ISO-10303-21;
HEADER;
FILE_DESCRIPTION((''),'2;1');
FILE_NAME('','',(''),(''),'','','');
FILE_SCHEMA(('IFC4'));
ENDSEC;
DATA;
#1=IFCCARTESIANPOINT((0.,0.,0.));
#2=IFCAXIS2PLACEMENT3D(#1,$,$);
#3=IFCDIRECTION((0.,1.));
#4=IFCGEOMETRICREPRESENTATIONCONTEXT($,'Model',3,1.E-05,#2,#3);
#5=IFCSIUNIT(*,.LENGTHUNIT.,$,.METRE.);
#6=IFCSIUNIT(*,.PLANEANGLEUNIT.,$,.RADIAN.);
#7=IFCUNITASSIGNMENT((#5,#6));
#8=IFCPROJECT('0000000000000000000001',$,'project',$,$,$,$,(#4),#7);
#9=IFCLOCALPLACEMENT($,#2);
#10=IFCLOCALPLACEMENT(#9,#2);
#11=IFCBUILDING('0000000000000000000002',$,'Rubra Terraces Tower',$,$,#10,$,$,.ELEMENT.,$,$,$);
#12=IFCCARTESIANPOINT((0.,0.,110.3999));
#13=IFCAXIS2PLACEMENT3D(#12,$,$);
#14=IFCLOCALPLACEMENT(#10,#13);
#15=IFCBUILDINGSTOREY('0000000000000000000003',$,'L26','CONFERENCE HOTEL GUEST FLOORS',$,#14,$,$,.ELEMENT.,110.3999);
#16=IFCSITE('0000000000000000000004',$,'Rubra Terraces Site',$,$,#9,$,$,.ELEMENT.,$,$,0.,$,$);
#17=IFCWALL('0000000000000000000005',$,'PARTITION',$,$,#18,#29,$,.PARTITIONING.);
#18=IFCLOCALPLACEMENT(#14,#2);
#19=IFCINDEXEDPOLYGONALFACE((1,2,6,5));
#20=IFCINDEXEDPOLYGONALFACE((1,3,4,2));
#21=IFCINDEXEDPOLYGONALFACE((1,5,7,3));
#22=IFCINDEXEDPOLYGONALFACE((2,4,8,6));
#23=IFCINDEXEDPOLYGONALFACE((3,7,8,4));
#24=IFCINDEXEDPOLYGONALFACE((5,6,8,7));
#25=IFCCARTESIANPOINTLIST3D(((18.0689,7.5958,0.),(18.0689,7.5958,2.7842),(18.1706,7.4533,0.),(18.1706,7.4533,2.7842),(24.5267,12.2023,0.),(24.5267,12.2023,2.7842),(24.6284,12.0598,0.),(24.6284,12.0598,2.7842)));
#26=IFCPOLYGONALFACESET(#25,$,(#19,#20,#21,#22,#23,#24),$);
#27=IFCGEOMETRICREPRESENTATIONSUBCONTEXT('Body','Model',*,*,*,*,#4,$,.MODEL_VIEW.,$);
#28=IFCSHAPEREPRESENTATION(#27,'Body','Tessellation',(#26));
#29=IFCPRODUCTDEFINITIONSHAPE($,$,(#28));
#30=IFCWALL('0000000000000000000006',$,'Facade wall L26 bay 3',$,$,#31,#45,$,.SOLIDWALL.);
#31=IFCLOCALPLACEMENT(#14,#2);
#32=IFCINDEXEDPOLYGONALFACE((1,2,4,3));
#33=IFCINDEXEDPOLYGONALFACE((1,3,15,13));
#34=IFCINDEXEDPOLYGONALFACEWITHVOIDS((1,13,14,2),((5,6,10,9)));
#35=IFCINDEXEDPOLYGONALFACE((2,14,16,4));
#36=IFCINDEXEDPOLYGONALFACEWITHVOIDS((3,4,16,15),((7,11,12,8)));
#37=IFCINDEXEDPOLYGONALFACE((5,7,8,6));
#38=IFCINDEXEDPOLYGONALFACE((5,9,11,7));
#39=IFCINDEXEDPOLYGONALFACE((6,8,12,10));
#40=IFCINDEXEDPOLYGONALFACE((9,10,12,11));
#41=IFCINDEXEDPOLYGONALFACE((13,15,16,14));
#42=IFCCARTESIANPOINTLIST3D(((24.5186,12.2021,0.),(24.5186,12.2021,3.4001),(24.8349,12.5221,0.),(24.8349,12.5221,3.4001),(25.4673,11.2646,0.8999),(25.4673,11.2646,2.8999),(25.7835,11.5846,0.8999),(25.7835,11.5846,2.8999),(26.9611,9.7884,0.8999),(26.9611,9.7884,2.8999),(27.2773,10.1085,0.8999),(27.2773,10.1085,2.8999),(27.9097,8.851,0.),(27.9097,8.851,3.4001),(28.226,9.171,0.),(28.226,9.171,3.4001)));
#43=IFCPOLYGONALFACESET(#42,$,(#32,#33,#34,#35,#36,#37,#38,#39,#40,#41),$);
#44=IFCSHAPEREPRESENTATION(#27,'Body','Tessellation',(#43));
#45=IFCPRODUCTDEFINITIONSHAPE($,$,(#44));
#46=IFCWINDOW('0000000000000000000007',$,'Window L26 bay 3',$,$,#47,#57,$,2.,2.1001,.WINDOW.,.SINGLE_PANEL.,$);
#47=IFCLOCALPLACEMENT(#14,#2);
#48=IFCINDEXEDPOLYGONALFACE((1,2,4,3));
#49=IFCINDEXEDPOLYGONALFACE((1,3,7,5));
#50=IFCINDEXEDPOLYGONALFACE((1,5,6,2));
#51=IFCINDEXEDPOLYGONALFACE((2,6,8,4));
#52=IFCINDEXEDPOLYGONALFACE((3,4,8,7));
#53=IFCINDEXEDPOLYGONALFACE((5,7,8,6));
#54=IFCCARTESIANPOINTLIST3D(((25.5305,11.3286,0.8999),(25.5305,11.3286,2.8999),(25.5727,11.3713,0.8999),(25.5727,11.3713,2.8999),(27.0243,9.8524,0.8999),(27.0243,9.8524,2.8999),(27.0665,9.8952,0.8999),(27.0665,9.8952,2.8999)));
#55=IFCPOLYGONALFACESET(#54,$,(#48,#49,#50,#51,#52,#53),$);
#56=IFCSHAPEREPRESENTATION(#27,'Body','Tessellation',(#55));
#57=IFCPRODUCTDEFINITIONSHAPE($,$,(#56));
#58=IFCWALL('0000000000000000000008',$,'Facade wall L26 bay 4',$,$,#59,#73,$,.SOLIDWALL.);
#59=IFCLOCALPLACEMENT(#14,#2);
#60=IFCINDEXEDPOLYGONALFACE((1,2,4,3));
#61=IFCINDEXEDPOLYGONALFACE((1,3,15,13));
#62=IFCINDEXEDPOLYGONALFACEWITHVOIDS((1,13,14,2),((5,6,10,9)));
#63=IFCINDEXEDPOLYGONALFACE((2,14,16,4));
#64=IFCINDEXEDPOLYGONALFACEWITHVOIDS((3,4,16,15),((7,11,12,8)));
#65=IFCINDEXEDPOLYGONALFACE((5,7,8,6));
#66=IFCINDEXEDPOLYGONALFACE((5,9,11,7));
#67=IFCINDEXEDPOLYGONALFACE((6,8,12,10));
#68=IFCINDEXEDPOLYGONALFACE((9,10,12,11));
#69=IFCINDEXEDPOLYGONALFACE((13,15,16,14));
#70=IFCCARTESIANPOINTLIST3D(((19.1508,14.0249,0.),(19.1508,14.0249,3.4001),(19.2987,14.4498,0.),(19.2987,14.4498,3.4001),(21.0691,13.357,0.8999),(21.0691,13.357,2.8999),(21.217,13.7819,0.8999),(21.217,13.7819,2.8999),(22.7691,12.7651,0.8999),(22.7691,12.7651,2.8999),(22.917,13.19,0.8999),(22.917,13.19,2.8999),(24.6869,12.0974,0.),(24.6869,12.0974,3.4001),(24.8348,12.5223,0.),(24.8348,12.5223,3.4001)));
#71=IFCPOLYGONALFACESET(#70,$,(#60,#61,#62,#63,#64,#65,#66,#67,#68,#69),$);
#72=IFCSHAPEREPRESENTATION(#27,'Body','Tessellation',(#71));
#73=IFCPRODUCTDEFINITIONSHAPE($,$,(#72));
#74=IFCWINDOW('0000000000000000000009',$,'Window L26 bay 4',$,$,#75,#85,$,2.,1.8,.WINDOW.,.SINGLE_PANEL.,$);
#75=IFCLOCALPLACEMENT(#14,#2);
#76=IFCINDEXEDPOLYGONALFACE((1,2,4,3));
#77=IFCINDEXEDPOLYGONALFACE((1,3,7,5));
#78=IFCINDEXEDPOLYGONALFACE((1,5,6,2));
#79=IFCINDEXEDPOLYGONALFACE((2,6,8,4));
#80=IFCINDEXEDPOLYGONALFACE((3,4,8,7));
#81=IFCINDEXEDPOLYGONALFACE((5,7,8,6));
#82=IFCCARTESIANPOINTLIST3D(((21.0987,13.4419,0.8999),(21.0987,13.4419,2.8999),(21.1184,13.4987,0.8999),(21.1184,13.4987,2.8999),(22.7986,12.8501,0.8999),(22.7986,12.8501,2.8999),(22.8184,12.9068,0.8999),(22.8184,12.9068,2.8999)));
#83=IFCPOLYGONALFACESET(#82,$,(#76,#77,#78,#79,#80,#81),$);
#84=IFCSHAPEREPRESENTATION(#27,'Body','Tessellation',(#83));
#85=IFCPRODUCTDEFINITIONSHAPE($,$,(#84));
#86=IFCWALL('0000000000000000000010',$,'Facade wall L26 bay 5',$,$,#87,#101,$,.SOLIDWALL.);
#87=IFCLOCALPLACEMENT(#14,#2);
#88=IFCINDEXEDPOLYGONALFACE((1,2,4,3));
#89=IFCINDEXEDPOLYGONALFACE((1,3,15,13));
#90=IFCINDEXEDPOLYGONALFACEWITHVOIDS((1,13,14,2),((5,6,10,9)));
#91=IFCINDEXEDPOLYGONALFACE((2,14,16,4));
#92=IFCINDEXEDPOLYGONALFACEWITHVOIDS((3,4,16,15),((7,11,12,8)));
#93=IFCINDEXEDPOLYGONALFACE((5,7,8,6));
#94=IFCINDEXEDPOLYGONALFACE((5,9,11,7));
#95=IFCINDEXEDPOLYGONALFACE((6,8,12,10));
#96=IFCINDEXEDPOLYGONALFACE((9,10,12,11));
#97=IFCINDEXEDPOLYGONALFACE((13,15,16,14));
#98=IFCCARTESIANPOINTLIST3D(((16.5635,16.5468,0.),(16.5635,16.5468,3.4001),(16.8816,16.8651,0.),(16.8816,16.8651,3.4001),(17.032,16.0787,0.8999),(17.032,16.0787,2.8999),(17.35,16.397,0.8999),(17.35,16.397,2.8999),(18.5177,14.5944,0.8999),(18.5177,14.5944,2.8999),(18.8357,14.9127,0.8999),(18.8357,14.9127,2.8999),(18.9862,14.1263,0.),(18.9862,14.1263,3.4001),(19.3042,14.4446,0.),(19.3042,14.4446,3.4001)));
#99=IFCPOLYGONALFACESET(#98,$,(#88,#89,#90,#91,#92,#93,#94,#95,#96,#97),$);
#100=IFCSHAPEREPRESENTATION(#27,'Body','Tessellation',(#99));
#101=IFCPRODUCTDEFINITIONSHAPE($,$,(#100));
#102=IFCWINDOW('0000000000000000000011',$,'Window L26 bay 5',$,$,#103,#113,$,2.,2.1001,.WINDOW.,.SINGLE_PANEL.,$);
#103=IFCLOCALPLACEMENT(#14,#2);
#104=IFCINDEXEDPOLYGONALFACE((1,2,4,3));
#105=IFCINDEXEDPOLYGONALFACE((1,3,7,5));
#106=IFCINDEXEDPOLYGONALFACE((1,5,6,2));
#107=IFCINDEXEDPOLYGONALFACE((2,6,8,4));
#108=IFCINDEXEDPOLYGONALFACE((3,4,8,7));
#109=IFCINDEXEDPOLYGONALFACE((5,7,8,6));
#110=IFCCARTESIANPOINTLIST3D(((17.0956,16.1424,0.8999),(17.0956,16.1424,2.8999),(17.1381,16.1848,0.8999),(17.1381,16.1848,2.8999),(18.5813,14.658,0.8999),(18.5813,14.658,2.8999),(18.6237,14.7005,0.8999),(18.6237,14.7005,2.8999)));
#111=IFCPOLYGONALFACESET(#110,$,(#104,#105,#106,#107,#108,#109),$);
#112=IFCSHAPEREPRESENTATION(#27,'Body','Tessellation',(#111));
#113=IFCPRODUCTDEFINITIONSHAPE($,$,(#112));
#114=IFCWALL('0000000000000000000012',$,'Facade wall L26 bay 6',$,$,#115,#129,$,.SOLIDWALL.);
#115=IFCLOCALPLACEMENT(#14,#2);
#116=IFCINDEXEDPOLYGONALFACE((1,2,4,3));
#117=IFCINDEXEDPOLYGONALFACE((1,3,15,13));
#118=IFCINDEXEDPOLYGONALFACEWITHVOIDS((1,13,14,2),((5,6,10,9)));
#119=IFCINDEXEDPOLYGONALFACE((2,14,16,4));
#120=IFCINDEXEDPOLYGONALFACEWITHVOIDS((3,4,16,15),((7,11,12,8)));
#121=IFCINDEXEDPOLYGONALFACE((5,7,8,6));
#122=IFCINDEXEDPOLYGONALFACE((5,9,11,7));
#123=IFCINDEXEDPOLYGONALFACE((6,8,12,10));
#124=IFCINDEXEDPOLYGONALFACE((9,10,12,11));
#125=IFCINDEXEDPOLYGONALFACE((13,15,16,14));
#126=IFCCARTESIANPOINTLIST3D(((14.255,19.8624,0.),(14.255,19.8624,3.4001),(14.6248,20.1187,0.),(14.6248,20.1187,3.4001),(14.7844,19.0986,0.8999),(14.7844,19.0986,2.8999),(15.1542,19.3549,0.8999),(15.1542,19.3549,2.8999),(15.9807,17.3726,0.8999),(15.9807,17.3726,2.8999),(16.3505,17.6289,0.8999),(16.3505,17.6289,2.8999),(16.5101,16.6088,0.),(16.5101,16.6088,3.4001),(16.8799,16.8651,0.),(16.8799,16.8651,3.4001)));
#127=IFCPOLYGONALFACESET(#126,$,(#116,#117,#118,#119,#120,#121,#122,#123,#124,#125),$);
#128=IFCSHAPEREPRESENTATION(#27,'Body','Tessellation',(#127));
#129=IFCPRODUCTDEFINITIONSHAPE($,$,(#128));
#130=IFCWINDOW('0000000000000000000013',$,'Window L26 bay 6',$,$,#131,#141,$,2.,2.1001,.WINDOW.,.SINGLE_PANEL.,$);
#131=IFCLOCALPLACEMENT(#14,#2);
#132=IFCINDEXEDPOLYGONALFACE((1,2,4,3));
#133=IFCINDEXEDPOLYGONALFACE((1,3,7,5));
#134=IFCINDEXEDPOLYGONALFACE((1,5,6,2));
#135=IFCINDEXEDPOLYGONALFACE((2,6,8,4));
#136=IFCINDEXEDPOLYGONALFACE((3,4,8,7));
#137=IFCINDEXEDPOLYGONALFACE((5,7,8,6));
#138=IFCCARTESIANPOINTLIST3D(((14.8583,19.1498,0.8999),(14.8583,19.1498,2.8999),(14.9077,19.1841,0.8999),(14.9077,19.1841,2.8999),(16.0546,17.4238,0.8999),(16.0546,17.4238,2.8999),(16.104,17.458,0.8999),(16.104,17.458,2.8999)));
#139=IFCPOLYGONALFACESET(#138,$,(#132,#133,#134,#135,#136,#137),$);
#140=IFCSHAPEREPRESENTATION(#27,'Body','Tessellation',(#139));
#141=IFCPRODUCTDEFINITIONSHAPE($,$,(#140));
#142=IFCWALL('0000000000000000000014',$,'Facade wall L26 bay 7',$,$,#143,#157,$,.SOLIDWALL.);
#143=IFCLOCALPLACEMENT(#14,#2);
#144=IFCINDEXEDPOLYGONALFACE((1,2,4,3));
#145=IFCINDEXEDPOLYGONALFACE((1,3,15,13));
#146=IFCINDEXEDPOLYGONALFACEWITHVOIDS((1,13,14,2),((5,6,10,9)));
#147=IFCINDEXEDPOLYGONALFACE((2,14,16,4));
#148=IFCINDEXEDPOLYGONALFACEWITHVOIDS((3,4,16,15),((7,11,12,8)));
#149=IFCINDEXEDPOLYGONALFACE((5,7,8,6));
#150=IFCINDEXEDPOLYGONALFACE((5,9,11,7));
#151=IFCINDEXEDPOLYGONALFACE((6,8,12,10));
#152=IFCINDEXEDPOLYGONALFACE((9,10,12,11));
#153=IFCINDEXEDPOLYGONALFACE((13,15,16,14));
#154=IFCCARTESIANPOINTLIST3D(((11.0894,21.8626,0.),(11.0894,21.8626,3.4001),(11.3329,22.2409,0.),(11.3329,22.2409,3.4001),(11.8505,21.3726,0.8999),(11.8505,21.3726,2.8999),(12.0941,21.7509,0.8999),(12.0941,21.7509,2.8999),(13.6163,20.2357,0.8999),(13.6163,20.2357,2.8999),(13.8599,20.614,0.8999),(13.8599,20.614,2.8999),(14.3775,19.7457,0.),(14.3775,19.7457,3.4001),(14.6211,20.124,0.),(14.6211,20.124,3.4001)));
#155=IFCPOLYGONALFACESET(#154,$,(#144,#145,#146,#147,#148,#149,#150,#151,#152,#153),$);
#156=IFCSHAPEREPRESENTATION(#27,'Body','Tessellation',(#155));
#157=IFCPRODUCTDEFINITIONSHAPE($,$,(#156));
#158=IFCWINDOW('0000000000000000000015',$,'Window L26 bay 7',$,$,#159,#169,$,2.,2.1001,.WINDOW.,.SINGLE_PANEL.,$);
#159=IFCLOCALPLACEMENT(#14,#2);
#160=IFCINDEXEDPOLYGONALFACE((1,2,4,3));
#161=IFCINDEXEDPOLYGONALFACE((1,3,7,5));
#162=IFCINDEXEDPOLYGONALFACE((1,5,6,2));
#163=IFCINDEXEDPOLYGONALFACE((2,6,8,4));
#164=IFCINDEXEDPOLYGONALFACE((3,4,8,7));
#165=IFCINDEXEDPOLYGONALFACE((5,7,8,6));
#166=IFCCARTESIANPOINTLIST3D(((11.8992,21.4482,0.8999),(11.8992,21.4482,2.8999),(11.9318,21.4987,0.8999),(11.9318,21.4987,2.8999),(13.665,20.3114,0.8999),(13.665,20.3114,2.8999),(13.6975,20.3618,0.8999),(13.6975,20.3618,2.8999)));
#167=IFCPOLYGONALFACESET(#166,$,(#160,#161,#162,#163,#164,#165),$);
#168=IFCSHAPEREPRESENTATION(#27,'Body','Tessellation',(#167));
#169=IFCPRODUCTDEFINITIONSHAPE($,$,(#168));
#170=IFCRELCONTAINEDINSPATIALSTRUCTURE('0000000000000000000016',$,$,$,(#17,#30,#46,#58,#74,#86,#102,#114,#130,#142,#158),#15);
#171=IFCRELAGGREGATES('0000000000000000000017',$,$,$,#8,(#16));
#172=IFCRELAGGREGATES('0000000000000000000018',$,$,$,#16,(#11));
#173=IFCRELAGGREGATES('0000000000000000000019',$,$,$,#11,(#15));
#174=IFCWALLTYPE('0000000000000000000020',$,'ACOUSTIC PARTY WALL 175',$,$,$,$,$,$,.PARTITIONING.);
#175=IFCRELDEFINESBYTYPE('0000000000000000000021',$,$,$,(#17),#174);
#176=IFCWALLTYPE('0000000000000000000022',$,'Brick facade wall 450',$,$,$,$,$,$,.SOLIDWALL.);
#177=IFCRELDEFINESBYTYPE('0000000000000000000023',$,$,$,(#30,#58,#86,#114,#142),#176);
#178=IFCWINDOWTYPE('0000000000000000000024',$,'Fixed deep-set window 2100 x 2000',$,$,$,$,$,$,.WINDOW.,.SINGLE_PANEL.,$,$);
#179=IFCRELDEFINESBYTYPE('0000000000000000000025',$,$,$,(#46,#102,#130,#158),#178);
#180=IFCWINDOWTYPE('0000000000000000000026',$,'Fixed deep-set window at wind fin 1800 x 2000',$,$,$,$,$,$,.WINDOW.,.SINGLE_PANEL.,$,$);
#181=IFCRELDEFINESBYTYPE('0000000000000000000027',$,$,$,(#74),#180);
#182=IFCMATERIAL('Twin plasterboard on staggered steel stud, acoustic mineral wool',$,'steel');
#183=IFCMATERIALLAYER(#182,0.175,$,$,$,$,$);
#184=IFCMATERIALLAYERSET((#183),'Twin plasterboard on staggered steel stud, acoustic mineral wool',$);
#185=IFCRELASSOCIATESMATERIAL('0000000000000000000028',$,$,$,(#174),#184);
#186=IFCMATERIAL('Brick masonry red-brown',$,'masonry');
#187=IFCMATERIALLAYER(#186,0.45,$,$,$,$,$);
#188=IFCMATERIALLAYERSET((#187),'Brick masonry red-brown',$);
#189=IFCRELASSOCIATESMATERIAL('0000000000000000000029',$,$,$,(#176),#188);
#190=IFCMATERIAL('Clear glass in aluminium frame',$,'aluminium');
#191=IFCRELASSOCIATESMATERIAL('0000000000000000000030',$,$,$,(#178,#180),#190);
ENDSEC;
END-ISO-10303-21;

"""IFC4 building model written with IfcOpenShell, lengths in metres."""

from ifc_helpers import new_model, si_unit, direction, frame, frame_2d, origin, place, context, subcontext, project, spatial, rectangle, extrude, material, layer, layer_set, type_object, element, fill, save


model = new_model("IFC4")

# Units and contexts
model_context = context("Model", 3, precision=1e-05, world=origin(), true_north=direction((0.0, 1.0)))
body_context = subcontext(model_context, "Body", "Model", "MODEL_VIEW")
ifc_project = project(units=[si_unit("LENGTHUNIT", "METRE"), si_unit("PLANEANGLEUNIT", "RADIAN")], contexts=[model_context])

# Site, building, storey
site_placement = place(None, origin())
site = spatial("IfcSite", under=ifc_project, at=site_placement, Name="Rubra Terraces Site", CompositionType="ELEMENT", RefElevation=0.0)
building_placement = place(site_placement, origin())
building = spatial("IfcBuilding", under=site, at=building_placement, Name="Rubra Terraces Tower", CompositionType="ELEMENT")
storey_placement = place(building_placement, frame((0.0, 0.0, 110.3999)))
storey = spatial("IfcBuildingStorey", under=building, at=storey_placement, Name="L26", Description="CONFERENCE HOTEL GUEST FLOORS", CompositionType="ELEMENT", Elevation=110.3999)

# Wall
ifc_material_1 = material(Name="Twin plasterboard on staggered steel stud, acoustic mineral wool", Category="steel")
ifc_layer_1 = layer(ifc_material_1, 0.175)
ifc_layer_set_1 = layer_set([ifc_layer_1], Name="Twin plasterboard on staggered steel stud, acoustic mineral wool")
wall_type_1 = type_object("IfcWallType", Name="ACOUSTIC PARTY WALL 175", PredefinedType="PARTITIONING", material=ifc_layer_set_1)
wall_1_placement = place(storey_placement, frame((24.5776, 12.1311, 0.0), z_axis=(0.0, 0.0, 1.0), x_axis=(-0.814106, -0.580717, 0.0)))
element("IfcWall", 1, at=wall_1_placement, inside=storey, type_object=wall_type_1, Name="PARTITION", PredefinedType="PARTITIONING", context=body_context, shape_type="SweptSolid", body=[
    extrude(rectangle(XDim=7.9324, YDim=0.175, at=frame_2d((3.9663, 0.0))), origin(), (0.0, 0.0, 1.0), 2.7842),
])

# Walls, openings, windows
ifc_material_2 = material(Name="Brick masonry red-brown", Category="masonry")
ifc_layer_2 = layer(ifc_material_2, 0.45)
ifc_layer_set_2 = layer_set([ifc_layer_2], Name="Brick masonry red-brown")
wall_type_2 = type_object("IfcWallType", Name="Brick facade wall 450", PredefinedType="SOLIDWALL", material=ifc_layer_set_2)
wall_2_placement = place(storey_placement, frame((28.0679, 9.011, 0.0), z_axis=(0.0, 0.0, 1.0), x_axis=(-0.711293, 0.702895, 0.0)))
wall_2 = element("IfcWall", 2, at=wall_2_placement, inside=storey, type_object=wall_type_2, Name="Facade wall L26 bay 3", PredefinedType="SOLIDWALL", context=body_context, shape_type="SweptSolid", body=[
    extrude(rectangle(XDim=4.7676, YDim=0.45, at=frame_2d((2.3838, 0.0))), origin(), (0.0, 0.0, 1.0), 3.4001),
])
opening_1_placement = place(wall_2_placement, frame((1.3337, 0.0, 0.8999)))
opening_1 = element("IfcOpeningElement", 3, at=opening_1_placement, cuts=wall_2, PredefinedType="OPENING", context=body_context, shape_type="SweptSolid", body=[
    extrude(rectangle(XDim=2.1001, YDim=2.0, at=frame_2d((1.05, 1.0))), frame((0.0, 0.2349, 0.0), z_axis=(0.0, -1.0, 0.0), x_axis=(1.0, 0.0, 0.0)), (0.0, 0.0, 1.0), 0.47),
])
ifc_material_3 = material(Name="Clear glass in aluminium frame", Category="aluminium")
window_type_1 = type_object("IfcWindowType", Name="Fixed deep-set window 2100 x 2000", PartitioningType="SINGLE_PANEL", PredefinedType="WINDOW", material=ifc_material_3)
window_1_placement = place(opening_1_placement, origin())
window_1 = element("IfcWindow", 4, at=window_1_placement, inside=storey, type_object=window_type_1, Name="Window L26 bay 3", OverallHeight=2.0, OverallWidth=2.1001, PartitioningType="SINGLE_PANEL", PredefinedType="WINDOW", context=body_context, shape_type="SweptSolid", body=[
    extrude(rectangle(XDim=2.1001, YDim=2.0, at=frame_2d((1.05, 1.0))), frame((0.0, 0.135, 0.0), z_axis=(0.0, -1.0, 0.0), x_axis=(1.0, 0.0, 0.0)), (0.0, 0.0, 1.0), 0.0601),
])
fill(opening_1, window_1)
wall_3_placement = place(storey_placement, frame((24.761, 12.3098, 0.0), z_axis=(0.0, 0.0, 1.0), x_axis=(-0.944397, 0.328807, 0.0)))
wall_3 = element("IfcWall", 5, at=wall_3_placement, inside=storey, type_object=wall_type_2, Name="Facade wall L26 bay 4", PredefinedType="SOLIDWALL", context=body_context, shape_type="SweptSolid", body=[
    extrude(rectangle(XDim=5.8621, YDim=0.45, at=frame_2d((2.9312, 0.0))), origin(), (0.0, 0.0, 1.0), 3.4001),
])
opening_2_placement = place(wall_3_placement, frame((2.031, 0.0, 0.8999)))
opening_2 = element("IfcOpeningElement", 6, at=opening_2_placement, cuts=wall_3, PredefinedType="OPENING", context=body_context, shape_type="SweptSolid", body=[
    extrude(rectangle(XDim=1.8, YDim=2.0, at=frame_2d((0.8999, 1.0))), frame((0.0, 0.2349, 0.0), z_axis=(0.0, -1.0, 0.0), x_axis=(1.0, 0.0, 0.0)), (0.0, 0.0, 1.0), 0.47),
])
window_type_2 = type_object("IfcWindowType", Name="Fixed deep-set window at wind fin 1800 x 2000", PartitioningType="SINGLE_PANEL", PredefinedType="WINDOW", material=ifc_material_3)
window_2_placement = place(opening_2_placement, origin())
window_2 = element("IfcWindow", 7, at=window_2_placement, inside=storey, type_object=window_type_2, Name="Window L26 bay 4", OverallHeight=2.0, OverallWidth=1.8, PartitioningType="SINGLE_PANEL", PredefinedType="WINDOW", context=body_context, shape_type="SweptSolid", body=[
    extrude(rectangle(XDim=1.8, YDim=2.0, at=frame_2d((0.8999, 1.0))), frame((0.0, 0.135, 0.0), z_axis=(0.0, -1.0, 0.0), x_axis=(1.0, 0.0, 0.0)), (0.0, 0.0, 1.0), 0.0601),
])
fill(opening_2, window_2)
wall_4_placement = place(storey_placement, frame((19.1453, 14.2854, 0.0), z_axis=(0.0, 0.0, 1.0), x_axis=(-0.707428, 0.706786, 0.0)))
wall_4 = element("IfcWall", 8, at=wall_4_placement, inside=storey, type_object=wall_type_2, Name="Facade wall L26 bay 5", PredefinedType="SOLIDWALL", context=body_context, shape_type="SweptSolid", body=[
    extrude(rectangle(XDim=3.4246, YDim=0.45, at=frame_2d((1.7124, 0.0))), origin(), (0.0, 0.0, 1.0), 3.4001),
])
opening_3_placement = place(wall_4_placement, frame((0.6624, 0.0, 0.8999)))
opening_3 = element("IfcOpeningElement", 9, at=opening_3_placement, cuts=wall_4, PredefinedType="OPENING", context=body_context, shape_type="SweptSolid", body=[
    extrude(rectangle(XDim=2.1001, YDim=2.0, at=frame_2d((1.05, 1.0))), frame((0.0, 0.2349, 0.0), z_axis=(0.0, -1.0, 0.0), x_axis=(1.0, 0.0, 0.0)), (0.0, 0.0, 1.0), 0.47),
])
window_3_placement = place(opening_3_placement, origin())
window_3 = element("IfcWindow", 10, at=window_3_placement, inside=storey, type_object=window_type_1, Name="Window L26 bay 5", OverallHeight=2.0, OverallWidth=2.1001, PartitioningType="SINGLE_PANEL", PredefinedType="WINDOW", context=body_context, shape_type="SweptSolid", body=[
    extrude(rectangle(XDim=2.1001, YDim=2.0, at=frame_2d((1.05, 1.0))), frame((0.0, 0.135, 0.0), z_axis=(0.0, -1.0, 0.0), x_axis=(1.0, 0.0, 0.0)), (0.0, 0.0, 1.0), 0.0601),
])
fill(opening_3, window_3)
wall_5_placement = place(storey_placement, frame((16.6951, 16.7368, 0.0), z_axis=(0.0, 0.0, 1.0), x_axis=(-0.569652, 0.821886, 0.0)))
wall_5 = element("IfcWall", 11, at=wall_5_placement, inside=storey, type_object=wall_type_2, Name="Facade wall L26 bay 6", PredefinedType="SOLIDWALL", context=body_context, shape_type="SweptSolid", body=[
    extrude(rectangle(XDim=3.9587, YDim=0.45, at=frame_2d((1.9795, 0.0))), origin(), (0.0, 0.0, 1.0), 3.4001),
])
opening_4_placement = place(wall_5_placement, frame((0.9294, 0.0, 0.8999)))
opening_4 = element("IfcOpeningElement", 12, at=opening_4_placement, cuts=wall_5, PredefinedType="OPENING", context=body_context, shape_type="SweptSolid", body=[
    extrude(rectangle(XDim=2.1001, YDim=2.0, at=frame_2d((1.05, 1.0))), frame((0.0, 0.2349, 0.0), z_axis=(0.0, -1.0, 0.0), x_axis=(1.0, 0.0, 0.0)), (0.0, 0.0, 1.0), 0.47),
])
window_4_placement = place(opening_4_placement, origin())
window_4 = element("IfcWindow", 13, at=window_4_placement, inside=storey, type_object=window_type_1, Name="Window L26 bay 6", OverallHeight=2.0, OverallWidth=2.1001, PartitioningType="SINGLE_PANEL", PredefinedType="WINDOW", context=body_context, shape_type="SweptSolid", body=[
    extrude(rectangle(XDim=2.1001, YDim=2.0, at=frame_2d((1.05, 1.0))), frame((0.0, 0.135, 0.0), z_axis=(0.0, -1.0, 0.0), x_axis=(1.0, 0.0, 0.0)), (0.0, 0.0, 1.0), 0.0601),
])
fill(opening_4, window_4)
wall_6_placement = place(storey_placement, frame((14.4993, 19.9348, 0.0), z_axis=(0.0, 0.0, 1.0), x_axis=(-0.840809, 0.541332, 0.0)))
wall_6 = element("IfcWall", 14, at=wall_6_placement, inside=storey, type_object=wall_type_2, Name="Facade wall L26 bay 7", PredefinedType="SOLIDWALL", context=body_context, shape_type="SweptSolid", body=[
    extrude(rectangle(XDim=3.9106, YDim=0.45, at=frame_2d((1.9553, 0.0))), origin(), (0.0, 0.0, 1.0), 3.4001),
])
opening_5_placement = place(wall_6_placement, frame((0.9053, 0.0, 0.8999)))
opening_5 = element("IfcOpeningElement", 15, at=opening_5_placement, cuts=wall_6, PredefinedType="OPENING", context=body_context, shape_type="SweptSolid", body=[
    extrude(rectangle(XDim=2.1001, YDim=2.0, at=frame_2d((1.05, 1.0))), frame((0.0, 0.2349, 0.0), z_axis=(0.0, -1.0, 0.0), x_axis=(1.0, 0.0, 0.0)), (0.0, 0.0, 1.0), 0.47),
])
window_5_placement = place(opening_5_placement, origin())
window_5 = element("IfcWindow", 16, at=window_5_placement, inside=storey, type_object=window_type_1, Name="Window L26 bay 7", OverallHeight=2.0, OverallWidth=2.1001, PartitioningType="SINGLE_PANEL", PredefinedType="WINDOW", context=body_context, shape_type="SweptSolid", body=[
    extrude(rectangle(XDim=2.1001, YDim=2.0, at=frame_2d((1.05, 1.0))), frame((0.0, 0.135, 0.0), z_axis=(0.0, -1.0, 0.0), x_axis=(1.0, 0.0, 0.0)), (0.0, 0.0, 1.0), 0.0601),
])
fill(opening_5, window_5)

save(model, "model.ifc")
